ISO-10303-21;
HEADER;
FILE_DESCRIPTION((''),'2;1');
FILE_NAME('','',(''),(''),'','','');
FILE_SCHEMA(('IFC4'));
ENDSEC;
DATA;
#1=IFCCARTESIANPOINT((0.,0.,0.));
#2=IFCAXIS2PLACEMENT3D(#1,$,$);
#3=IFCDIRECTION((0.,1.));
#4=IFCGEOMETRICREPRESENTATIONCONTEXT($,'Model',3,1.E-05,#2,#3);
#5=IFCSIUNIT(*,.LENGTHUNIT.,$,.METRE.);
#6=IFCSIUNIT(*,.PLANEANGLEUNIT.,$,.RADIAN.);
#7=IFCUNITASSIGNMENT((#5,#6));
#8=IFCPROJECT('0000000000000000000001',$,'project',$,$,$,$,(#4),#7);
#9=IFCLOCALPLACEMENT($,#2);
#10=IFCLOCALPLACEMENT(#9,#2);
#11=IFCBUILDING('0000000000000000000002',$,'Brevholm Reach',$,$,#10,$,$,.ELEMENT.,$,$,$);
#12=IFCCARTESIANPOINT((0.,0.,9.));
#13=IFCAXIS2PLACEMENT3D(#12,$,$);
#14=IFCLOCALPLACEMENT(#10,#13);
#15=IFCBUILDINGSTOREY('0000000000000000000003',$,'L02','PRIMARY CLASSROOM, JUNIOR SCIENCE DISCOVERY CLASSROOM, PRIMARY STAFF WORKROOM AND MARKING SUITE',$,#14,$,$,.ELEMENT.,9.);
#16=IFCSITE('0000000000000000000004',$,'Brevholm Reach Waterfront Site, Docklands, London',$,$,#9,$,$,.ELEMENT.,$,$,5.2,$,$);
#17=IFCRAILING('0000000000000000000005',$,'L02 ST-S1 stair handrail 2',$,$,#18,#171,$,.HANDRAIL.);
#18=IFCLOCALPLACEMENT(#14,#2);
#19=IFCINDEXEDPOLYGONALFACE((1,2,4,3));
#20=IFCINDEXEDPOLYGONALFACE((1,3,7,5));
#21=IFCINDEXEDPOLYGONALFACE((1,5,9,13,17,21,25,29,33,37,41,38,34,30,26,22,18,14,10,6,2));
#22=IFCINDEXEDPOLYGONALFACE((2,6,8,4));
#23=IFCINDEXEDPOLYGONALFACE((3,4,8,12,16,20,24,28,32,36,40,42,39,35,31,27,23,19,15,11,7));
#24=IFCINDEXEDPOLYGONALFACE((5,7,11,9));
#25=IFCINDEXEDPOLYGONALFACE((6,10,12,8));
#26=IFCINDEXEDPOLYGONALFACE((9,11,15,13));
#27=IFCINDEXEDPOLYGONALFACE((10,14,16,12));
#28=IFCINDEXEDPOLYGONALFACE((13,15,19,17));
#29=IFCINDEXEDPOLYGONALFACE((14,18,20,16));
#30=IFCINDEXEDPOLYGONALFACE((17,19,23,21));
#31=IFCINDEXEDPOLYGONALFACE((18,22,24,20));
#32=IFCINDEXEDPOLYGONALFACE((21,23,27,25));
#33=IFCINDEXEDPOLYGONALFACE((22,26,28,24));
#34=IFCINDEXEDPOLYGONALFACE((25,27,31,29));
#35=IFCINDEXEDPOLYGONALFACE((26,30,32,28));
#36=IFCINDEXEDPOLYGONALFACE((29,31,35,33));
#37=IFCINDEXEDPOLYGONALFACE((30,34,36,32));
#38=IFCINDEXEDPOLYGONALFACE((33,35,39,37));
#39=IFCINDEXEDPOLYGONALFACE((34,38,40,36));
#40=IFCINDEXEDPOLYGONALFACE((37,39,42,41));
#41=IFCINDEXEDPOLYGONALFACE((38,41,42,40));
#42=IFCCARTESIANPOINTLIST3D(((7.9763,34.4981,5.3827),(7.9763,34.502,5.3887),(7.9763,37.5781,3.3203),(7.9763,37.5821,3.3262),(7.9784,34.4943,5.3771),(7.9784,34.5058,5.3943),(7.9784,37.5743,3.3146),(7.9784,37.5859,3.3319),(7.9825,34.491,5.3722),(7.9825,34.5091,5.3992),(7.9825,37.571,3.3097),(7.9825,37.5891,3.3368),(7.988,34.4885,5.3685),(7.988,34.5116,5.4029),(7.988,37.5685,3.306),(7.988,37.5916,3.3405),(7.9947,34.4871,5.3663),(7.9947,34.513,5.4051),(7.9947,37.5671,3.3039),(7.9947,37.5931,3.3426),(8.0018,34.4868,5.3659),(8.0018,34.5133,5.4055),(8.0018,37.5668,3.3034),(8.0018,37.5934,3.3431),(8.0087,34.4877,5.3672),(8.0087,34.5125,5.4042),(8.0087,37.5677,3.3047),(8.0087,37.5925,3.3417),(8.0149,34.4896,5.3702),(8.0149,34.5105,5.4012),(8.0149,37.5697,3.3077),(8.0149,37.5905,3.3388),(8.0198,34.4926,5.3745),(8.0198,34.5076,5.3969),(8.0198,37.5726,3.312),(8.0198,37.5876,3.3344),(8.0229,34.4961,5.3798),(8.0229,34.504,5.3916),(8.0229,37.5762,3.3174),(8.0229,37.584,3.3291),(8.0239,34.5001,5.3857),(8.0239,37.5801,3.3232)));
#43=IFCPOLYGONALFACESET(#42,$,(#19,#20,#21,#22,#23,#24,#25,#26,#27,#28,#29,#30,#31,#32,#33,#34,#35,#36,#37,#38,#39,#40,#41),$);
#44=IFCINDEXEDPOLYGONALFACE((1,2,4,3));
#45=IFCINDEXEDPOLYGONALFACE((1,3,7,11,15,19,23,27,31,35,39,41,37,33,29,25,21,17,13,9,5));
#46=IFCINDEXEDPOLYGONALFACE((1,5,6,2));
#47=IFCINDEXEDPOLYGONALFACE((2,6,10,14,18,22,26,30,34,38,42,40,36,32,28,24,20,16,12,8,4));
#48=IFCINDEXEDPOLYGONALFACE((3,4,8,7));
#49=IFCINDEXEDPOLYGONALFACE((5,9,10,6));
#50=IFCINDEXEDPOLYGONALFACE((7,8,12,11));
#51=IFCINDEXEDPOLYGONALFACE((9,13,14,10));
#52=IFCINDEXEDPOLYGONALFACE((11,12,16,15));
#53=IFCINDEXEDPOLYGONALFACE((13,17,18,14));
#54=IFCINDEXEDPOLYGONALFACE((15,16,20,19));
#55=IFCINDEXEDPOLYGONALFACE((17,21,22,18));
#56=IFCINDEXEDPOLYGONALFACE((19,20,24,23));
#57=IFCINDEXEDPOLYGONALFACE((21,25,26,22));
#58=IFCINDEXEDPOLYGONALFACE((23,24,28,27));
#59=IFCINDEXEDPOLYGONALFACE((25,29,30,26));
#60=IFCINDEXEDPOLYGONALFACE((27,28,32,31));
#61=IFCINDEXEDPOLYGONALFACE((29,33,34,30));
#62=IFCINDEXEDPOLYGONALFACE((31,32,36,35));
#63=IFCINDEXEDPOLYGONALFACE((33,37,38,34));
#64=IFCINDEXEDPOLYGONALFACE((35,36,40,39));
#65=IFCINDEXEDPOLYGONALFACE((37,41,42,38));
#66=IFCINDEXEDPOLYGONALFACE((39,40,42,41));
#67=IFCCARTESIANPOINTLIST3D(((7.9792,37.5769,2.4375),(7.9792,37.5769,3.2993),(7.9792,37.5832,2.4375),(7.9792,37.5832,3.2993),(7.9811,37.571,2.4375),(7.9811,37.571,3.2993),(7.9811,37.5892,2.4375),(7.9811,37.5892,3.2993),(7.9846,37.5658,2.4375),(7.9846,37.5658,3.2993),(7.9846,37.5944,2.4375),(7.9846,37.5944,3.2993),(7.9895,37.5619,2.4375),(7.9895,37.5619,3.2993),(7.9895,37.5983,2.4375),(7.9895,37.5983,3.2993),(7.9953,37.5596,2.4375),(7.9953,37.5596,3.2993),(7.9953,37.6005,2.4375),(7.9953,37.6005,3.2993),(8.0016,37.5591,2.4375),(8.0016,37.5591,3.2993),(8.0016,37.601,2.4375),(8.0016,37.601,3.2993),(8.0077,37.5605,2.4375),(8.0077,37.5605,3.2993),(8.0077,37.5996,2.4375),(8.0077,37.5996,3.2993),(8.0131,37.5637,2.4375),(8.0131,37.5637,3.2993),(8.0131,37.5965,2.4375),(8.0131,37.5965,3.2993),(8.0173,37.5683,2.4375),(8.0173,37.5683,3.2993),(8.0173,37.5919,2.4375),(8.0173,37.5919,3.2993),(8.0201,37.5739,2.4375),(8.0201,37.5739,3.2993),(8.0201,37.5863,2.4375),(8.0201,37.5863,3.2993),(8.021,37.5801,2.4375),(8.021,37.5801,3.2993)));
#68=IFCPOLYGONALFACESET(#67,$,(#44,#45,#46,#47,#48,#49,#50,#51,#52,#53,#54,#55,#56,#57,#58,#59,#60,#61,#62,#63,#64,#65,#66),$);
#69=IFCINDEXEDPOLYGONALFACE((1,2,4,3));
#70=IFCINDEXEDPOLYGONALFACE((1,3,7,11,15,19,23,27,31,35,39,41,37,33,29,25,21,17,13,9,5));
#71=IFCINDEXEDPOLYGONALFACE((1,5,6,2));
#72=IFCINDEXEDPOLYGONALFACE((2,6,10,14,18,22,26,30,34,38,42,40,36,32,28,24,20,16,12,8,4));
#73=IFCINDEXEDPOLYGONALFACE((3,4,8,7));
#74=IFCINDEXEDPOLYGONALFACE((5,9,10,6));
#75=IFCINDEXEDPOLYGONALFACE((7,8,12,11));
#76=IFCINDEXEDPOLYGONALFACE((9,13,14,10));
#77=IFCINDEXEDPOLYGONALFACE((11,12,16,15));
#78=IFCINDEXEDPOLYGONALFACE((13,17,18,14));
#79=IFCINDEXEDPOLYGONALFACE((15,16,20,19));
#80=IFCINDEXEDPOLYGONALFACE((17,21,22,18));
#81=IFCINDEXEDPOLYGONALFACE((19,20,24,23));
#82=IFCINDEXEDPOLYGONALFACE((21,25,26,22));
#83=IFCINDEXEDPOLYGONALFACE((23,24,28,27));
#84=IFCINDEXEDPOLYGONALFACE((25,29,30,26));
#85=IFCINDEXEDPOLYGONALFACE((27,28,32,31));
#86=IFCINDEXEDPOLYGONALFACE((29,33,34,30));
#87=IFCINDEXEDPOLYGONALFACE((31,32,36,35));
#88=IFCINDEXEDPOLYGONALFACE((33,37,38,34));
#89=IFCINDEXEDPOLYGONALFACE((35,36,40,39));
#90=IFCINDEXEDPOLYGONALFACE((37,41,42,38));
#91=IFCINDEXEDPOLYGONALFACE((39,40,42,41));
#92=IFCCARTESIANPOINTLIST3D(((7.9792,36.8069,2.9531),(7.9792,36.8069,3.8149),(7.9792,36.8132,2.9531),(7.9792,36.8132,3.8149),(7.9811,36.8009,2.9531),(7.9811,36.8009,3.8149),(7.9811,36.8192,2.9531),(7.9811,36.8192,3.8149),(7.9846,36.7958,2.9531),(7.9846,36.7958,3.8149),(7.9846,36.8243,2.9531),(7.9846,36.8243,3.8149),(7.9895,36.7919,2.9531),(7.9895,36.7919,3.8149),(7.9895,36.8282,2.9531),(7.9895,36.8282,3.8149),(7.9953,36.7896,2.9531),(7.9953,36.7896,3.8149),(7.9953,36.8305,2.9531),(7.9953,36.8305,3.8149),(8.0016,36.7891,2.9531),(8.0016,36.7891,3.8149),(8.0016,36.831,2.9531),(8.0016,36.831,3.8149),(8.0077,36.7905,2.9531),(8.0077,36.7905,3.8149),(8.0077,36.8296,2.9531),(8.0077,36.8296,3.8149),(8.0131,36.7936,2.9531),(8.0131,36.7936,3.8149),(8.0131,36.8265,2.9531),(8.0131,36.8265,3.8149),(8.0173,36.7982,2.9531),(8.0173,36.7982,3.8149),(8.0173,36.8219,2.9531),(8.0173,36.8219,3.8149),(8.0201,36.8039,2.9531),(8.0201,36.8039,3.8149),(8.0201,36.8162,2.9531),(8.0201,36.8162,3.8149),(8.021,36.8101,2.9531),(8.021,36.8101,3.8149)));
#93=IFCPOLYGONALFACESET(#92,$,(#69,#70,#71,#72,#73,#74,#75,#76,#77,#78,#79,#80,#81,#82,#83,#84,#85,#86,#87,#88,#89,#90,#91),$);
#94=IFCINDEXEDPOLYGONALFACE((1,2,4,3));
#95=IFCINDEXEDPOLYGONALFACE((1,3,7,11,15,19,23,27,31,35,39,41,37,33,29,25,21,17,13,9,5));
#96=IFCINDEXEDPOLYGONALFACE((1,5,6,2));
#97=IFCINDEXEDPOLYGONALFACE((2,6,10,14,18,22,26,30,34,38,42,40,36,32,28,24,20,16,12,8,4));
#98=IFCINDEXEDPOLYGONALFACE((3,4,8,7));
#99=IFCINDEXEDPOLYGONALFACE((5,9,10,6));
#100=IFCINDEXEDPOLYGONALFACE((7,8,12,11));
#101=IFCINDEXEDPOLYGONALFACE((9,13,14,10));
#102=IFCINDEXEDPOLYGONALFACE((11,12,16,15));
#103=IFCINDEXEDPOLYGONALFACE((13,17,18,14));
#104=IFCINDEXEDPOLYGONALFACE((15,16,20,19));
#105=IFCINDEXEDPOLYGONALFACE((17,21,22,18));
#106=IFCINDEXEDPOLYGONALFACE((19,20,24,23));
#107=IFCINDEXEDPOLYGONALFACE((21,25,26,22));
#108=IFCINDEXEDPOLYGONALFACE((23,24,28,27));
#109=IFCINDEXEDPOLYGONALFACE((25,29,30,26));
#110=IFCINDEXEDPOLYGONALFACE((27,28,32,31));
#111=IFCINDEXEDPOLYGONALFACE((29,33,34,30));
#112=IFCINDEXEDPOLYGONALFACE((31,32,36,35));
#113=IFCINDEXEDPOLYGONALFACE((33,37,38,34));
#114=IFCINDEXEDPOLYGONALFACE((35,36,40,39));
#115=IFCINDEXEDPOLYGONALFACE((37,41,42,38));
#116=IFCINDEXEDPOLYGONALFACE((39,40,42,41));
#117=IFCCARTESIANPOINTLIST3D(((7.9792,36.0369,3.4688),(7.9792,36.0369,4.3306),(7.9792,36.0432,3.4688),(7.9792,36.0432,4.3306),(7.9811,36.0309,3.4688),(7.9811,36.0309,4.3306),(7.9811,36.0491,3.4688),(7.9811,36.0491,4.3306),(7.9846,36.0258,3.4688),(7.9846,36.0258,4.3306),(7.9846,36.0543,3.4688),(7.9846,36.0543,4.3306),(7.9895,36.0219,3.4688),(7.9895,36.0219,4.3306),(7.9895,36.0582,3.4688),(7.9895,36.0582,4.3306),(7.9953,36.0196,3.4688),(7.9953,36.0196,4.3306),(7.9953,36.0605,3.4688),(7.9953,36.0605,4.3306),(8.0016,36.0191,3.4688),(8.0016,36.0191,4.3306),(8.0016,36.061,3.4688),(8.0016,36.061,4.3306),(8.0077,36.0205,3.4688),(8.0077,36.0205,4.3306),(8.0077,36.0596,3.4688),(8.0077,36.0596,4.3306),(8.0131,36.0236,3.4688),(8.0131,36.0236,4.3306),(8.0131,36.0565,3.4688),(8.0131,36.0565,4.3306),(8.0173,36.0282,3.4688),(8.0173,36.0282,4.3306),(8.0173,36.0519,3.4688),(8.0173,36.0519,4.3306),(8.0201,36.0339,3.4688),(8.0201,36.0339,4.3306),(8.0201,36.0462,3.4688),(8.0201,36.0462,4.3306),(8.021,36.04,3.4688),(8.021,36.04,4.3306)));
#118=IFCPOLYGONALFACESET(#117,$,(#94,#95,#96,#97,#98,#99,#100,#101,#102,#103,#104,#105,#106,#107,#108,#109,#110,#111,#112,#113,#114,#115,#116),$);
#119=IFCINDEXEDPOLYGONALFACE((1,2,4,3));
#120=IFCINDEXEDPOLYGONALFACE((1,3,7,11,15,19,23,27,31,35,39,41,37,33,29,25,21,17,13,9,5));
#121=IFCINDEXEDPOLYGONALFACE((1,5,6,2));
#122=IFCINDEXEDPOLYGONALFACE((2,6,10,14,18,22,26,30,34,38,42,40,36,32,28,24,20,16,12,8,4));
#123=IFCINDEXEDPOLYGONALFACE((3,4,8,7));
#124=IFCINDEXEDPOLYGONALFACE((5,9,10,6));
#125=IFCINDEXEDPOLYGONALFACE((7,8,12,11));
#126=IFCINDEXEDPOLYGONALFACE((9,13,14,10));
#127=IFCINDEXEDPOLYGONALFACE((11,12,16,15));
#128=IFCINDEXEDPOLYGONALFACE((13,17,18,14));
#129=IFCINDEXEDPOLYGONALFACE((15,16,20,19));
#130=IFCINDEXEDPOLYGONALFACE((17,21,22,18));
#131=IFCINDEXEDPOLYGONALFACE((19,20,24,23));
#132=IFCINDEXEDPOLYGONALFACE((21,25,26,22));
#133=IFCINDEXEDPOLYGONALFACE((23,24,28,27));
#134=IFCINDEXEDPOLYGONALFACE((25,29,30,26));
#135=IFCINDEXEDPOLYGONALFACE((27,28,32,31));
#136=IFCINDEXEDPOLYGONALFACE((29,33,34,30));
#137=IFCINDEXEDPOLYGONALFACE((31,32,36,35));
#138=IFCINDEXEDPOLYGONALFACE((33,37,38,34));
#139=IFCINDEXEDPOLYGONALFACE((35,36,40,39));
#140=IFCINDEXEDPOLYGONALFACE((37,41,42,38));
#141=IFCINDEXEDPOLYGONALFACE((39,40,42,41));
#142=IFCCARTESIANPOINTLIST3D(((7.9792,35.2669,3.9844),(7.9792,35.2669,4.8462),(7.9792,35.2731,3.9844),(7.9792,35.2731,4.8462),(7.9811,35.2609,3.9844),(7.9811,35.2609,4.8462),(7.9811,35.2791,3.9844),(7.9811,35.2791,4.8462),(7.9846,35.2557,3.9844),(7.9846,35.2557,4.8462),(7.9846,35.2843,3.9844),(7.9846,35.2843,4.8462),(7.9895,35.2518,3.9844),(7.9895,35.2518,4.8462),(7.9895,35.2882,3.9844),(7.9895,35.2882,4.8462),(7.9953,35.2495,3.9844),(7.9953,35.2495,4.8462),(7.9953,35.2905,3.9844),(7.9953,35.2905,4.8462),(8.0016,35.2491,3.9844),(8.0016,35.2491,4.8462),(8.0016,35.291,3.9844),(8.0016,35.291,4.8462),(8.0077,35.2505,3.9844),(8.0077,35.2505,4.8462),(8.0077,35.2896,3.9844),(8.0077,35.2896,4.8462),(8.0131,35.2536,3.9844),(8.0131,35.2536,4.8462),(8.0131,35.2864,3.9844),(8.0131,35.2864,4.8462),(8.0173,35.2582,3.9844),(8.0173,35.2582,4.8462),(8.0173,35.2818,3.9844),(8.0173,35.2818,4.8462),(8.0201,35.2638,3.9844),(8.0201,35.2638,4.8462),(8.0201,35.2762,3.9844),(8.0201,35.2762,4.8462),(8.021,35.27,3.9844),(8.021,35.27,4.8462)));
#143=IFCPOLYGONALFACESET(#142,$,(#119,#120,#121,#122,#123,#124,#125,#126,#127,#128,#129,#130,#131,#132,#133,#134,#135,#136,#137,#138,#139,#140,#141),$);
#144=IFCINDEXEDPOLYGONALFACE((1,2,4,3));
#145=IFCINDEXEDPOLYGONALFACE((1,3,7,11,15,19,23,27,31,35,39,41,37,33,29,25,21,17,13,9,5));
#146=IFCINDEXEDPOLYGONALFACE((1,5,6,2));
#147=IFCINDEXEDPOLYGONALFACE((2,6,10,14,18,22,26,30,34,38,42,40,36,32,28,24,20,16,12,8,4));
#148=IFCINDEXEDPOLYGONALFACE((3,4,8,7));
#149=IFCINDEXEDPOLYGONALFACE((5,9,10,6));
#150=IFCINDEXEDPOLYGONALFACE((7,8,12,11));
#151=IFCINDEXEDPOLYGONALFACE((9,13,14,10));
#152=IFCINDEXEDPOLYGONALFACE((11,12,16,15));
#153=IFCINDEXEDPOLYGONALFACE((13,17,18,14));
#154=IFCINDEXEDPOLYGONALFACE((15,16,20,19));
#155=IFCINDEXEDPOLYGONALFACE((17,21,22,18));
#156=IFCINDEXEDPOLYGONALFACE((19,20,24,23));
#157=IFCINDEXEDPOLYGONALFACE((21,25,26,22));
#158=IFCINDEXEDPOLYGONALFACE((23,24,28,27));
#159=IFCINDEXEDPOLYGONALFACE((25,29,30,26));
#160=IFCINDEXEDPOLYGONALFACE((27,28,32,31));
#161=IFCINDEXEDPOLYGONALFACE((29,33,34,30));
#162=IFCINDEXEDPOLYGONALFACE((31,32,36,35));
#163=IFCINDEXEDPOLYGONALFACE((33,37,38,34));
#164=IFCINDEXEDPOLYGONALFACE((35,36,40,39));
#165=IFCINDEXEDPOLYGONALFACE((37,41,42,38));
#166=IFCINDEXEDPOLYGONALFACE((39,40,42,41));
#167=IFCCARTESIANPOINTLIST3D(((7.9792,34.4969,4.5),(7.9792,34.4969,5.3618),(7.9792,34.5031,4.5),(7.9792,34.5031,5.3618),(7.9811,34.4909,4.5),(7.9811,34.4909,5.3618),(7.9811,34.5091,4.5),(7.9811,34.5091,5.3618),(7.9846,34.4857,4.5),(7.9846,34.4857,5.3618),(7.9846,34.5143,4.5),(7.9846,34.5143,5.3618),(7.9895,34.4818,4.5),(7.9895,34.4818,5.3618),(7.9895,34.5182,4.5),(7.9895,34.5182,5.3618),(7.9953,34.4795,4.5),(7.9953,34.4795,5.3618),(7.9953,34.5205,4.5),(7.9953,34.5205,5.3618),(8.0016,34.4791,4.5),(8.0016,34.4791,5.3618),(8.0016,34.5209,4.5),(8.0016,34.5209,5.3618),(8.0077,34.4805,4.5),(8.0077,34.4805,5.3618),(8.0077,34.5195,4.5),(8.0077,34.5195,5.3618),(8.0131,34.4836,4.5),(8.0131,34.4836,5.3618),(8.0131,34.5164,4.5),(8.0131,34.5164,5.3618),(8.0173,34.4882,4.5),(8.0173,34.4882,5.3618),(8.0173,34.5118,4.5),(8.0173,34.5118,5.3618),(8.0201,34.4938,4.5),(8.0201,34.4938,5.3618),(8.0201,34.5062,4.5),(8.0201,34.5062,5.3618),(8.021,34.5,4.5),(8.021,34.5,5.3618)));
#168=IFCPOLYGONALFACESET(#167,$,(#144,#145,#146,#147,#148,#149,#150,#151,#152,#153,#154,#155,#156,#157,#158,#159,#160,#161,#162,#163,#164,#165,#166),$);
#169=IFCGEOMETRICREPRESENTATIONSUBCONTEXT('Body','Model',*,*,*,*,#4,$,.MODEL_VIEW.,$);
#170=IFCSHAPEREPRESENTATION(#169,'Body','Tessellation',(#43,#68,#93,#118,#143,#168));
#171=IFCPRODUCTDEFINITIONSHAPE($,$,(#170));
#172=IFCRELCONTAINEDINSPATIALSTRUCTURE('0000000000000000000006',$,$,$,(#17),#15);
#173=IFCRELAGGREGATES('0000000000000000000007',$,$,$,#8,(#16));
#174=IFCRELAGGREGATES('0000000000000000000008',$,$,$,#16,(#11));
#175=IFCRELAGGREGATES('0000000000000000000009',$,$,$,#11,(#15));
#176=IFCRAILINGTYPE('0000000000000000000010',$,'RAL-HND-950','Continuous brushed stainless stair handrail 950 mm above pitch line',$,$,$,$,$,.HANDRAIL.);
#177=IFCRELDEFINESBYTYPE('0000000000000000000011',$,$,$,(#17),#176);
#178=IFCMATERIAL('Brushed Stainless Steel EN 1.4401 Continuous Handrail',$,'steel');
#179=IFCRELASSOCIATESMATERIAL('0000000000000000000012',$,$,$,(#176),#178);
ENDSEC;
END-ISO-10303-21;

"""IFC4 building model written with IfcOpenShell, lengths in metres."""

from ifc_helpers import new_model, si_unit, direction, frame, origin, origin_2d, place, context, subcontext, project, spatial, circle, extrude, material, type_object, element, save


model = new_model("IFC4")

# Units and contexts
model_context = context("Model", 3, precision=1e-05, world=origin(), true_north=direction((0.0, 1.0)))
body_context = subcontext(model_context, "Body", "Model", "MODEL_VIEW")
ifc_project = project(units=[si_unit("LENGTHUNIT", "METRE"), si_unit("PLANEANGLEUNIT", "RADIAN")], contexts=[model_context])

# Site, building, storey
site_placement = place(None, origin())
site = spatial("IfcSite", under=ifc_project, at=site_placement, Name="Brevholm Reach Waterfront Site, Docklands, London", CompositionType="ELEMENT", RefElevation=5.2)
building_placement = place(site_placement, origin())
building = spatial("IfcBuilding", under=site, at=building_placement, Name="Brevholm Reach", CompositionType="ELEMENT")
storey_placement = place(building_placement, frame((0.0, 0.0, 9.0)))
storey = spatial("IfcBuildingStorey", under=building, at=storey_placement, Name="L02", Description="PRIMARY CLASSROOM, JUNIOR SCIENCE DISCOVERY CLASSROOM, PRIMARY STAFF WORKROOM AND MARKING SUITE", CompositionType="ELEMENT", Elevation=9.0)

# Railing
ifc_material_1 = material(Name="Brushed Stainless Steel EN 1.4401 Continuous Handrail", Category="steel")
railing_type = type_object("IfcRailingType", Name="RAL-HND-950", Description="Continuous brushed stainless stair handrail 950 mm above pitch line", PredefinedType="HANDRAIL", material=ifc_material_1)
railing_placement = place(storey_placement, frame((8.0, 37.5801, 2.4375)))
element("IfcRailing", 1, at=railing_placement, inside=storey, type_object=railing_type, Name="L02 ST-S1 stair handrail 2", PredefinedType="HANDRAIL", context=body_context, shape_type="SweptSolid", body=[
    extrude(circle(Radius=0.0239, at=origin_2d()), frame((0.0, 0.0, 0.8857), z_axis=(0.0, -0.830914, 0.556401), x_axis=(1.0, 0.0, 0.0)), (0.0, 0.0, 1.0), 3.7068),
    extrude(circle(Radius=0.021, at=origin_2d()), origin(), (0.0, 0.0, 1.0), 0.8618),
    extrude(circle(Radius=0.021, at=origin_2d()), frame((0.0, -0.77, 0.5156)), (0.0, 0.0, 1.0), 0.8618),
    extrude(circle(Radius=0.021, at=origin_2d()), frame((0.0, -1.54, 1.0312)), (0.0, 0.0, 1.0), 0.8618),
    extrude(circle(Radius=0.021, at=origin_2d()), frame((0.0, -2.3101, 1.5469)), (0.0, 0.0, 1.0), 0.8618),
    extrude(circle(Radius=0.021, at=origin_2d()), frame((0.0, -3.0801, 2.0625)), (0.0, 0.0, 1.0), 0.8618),
])

save(model, "model.ifc")
